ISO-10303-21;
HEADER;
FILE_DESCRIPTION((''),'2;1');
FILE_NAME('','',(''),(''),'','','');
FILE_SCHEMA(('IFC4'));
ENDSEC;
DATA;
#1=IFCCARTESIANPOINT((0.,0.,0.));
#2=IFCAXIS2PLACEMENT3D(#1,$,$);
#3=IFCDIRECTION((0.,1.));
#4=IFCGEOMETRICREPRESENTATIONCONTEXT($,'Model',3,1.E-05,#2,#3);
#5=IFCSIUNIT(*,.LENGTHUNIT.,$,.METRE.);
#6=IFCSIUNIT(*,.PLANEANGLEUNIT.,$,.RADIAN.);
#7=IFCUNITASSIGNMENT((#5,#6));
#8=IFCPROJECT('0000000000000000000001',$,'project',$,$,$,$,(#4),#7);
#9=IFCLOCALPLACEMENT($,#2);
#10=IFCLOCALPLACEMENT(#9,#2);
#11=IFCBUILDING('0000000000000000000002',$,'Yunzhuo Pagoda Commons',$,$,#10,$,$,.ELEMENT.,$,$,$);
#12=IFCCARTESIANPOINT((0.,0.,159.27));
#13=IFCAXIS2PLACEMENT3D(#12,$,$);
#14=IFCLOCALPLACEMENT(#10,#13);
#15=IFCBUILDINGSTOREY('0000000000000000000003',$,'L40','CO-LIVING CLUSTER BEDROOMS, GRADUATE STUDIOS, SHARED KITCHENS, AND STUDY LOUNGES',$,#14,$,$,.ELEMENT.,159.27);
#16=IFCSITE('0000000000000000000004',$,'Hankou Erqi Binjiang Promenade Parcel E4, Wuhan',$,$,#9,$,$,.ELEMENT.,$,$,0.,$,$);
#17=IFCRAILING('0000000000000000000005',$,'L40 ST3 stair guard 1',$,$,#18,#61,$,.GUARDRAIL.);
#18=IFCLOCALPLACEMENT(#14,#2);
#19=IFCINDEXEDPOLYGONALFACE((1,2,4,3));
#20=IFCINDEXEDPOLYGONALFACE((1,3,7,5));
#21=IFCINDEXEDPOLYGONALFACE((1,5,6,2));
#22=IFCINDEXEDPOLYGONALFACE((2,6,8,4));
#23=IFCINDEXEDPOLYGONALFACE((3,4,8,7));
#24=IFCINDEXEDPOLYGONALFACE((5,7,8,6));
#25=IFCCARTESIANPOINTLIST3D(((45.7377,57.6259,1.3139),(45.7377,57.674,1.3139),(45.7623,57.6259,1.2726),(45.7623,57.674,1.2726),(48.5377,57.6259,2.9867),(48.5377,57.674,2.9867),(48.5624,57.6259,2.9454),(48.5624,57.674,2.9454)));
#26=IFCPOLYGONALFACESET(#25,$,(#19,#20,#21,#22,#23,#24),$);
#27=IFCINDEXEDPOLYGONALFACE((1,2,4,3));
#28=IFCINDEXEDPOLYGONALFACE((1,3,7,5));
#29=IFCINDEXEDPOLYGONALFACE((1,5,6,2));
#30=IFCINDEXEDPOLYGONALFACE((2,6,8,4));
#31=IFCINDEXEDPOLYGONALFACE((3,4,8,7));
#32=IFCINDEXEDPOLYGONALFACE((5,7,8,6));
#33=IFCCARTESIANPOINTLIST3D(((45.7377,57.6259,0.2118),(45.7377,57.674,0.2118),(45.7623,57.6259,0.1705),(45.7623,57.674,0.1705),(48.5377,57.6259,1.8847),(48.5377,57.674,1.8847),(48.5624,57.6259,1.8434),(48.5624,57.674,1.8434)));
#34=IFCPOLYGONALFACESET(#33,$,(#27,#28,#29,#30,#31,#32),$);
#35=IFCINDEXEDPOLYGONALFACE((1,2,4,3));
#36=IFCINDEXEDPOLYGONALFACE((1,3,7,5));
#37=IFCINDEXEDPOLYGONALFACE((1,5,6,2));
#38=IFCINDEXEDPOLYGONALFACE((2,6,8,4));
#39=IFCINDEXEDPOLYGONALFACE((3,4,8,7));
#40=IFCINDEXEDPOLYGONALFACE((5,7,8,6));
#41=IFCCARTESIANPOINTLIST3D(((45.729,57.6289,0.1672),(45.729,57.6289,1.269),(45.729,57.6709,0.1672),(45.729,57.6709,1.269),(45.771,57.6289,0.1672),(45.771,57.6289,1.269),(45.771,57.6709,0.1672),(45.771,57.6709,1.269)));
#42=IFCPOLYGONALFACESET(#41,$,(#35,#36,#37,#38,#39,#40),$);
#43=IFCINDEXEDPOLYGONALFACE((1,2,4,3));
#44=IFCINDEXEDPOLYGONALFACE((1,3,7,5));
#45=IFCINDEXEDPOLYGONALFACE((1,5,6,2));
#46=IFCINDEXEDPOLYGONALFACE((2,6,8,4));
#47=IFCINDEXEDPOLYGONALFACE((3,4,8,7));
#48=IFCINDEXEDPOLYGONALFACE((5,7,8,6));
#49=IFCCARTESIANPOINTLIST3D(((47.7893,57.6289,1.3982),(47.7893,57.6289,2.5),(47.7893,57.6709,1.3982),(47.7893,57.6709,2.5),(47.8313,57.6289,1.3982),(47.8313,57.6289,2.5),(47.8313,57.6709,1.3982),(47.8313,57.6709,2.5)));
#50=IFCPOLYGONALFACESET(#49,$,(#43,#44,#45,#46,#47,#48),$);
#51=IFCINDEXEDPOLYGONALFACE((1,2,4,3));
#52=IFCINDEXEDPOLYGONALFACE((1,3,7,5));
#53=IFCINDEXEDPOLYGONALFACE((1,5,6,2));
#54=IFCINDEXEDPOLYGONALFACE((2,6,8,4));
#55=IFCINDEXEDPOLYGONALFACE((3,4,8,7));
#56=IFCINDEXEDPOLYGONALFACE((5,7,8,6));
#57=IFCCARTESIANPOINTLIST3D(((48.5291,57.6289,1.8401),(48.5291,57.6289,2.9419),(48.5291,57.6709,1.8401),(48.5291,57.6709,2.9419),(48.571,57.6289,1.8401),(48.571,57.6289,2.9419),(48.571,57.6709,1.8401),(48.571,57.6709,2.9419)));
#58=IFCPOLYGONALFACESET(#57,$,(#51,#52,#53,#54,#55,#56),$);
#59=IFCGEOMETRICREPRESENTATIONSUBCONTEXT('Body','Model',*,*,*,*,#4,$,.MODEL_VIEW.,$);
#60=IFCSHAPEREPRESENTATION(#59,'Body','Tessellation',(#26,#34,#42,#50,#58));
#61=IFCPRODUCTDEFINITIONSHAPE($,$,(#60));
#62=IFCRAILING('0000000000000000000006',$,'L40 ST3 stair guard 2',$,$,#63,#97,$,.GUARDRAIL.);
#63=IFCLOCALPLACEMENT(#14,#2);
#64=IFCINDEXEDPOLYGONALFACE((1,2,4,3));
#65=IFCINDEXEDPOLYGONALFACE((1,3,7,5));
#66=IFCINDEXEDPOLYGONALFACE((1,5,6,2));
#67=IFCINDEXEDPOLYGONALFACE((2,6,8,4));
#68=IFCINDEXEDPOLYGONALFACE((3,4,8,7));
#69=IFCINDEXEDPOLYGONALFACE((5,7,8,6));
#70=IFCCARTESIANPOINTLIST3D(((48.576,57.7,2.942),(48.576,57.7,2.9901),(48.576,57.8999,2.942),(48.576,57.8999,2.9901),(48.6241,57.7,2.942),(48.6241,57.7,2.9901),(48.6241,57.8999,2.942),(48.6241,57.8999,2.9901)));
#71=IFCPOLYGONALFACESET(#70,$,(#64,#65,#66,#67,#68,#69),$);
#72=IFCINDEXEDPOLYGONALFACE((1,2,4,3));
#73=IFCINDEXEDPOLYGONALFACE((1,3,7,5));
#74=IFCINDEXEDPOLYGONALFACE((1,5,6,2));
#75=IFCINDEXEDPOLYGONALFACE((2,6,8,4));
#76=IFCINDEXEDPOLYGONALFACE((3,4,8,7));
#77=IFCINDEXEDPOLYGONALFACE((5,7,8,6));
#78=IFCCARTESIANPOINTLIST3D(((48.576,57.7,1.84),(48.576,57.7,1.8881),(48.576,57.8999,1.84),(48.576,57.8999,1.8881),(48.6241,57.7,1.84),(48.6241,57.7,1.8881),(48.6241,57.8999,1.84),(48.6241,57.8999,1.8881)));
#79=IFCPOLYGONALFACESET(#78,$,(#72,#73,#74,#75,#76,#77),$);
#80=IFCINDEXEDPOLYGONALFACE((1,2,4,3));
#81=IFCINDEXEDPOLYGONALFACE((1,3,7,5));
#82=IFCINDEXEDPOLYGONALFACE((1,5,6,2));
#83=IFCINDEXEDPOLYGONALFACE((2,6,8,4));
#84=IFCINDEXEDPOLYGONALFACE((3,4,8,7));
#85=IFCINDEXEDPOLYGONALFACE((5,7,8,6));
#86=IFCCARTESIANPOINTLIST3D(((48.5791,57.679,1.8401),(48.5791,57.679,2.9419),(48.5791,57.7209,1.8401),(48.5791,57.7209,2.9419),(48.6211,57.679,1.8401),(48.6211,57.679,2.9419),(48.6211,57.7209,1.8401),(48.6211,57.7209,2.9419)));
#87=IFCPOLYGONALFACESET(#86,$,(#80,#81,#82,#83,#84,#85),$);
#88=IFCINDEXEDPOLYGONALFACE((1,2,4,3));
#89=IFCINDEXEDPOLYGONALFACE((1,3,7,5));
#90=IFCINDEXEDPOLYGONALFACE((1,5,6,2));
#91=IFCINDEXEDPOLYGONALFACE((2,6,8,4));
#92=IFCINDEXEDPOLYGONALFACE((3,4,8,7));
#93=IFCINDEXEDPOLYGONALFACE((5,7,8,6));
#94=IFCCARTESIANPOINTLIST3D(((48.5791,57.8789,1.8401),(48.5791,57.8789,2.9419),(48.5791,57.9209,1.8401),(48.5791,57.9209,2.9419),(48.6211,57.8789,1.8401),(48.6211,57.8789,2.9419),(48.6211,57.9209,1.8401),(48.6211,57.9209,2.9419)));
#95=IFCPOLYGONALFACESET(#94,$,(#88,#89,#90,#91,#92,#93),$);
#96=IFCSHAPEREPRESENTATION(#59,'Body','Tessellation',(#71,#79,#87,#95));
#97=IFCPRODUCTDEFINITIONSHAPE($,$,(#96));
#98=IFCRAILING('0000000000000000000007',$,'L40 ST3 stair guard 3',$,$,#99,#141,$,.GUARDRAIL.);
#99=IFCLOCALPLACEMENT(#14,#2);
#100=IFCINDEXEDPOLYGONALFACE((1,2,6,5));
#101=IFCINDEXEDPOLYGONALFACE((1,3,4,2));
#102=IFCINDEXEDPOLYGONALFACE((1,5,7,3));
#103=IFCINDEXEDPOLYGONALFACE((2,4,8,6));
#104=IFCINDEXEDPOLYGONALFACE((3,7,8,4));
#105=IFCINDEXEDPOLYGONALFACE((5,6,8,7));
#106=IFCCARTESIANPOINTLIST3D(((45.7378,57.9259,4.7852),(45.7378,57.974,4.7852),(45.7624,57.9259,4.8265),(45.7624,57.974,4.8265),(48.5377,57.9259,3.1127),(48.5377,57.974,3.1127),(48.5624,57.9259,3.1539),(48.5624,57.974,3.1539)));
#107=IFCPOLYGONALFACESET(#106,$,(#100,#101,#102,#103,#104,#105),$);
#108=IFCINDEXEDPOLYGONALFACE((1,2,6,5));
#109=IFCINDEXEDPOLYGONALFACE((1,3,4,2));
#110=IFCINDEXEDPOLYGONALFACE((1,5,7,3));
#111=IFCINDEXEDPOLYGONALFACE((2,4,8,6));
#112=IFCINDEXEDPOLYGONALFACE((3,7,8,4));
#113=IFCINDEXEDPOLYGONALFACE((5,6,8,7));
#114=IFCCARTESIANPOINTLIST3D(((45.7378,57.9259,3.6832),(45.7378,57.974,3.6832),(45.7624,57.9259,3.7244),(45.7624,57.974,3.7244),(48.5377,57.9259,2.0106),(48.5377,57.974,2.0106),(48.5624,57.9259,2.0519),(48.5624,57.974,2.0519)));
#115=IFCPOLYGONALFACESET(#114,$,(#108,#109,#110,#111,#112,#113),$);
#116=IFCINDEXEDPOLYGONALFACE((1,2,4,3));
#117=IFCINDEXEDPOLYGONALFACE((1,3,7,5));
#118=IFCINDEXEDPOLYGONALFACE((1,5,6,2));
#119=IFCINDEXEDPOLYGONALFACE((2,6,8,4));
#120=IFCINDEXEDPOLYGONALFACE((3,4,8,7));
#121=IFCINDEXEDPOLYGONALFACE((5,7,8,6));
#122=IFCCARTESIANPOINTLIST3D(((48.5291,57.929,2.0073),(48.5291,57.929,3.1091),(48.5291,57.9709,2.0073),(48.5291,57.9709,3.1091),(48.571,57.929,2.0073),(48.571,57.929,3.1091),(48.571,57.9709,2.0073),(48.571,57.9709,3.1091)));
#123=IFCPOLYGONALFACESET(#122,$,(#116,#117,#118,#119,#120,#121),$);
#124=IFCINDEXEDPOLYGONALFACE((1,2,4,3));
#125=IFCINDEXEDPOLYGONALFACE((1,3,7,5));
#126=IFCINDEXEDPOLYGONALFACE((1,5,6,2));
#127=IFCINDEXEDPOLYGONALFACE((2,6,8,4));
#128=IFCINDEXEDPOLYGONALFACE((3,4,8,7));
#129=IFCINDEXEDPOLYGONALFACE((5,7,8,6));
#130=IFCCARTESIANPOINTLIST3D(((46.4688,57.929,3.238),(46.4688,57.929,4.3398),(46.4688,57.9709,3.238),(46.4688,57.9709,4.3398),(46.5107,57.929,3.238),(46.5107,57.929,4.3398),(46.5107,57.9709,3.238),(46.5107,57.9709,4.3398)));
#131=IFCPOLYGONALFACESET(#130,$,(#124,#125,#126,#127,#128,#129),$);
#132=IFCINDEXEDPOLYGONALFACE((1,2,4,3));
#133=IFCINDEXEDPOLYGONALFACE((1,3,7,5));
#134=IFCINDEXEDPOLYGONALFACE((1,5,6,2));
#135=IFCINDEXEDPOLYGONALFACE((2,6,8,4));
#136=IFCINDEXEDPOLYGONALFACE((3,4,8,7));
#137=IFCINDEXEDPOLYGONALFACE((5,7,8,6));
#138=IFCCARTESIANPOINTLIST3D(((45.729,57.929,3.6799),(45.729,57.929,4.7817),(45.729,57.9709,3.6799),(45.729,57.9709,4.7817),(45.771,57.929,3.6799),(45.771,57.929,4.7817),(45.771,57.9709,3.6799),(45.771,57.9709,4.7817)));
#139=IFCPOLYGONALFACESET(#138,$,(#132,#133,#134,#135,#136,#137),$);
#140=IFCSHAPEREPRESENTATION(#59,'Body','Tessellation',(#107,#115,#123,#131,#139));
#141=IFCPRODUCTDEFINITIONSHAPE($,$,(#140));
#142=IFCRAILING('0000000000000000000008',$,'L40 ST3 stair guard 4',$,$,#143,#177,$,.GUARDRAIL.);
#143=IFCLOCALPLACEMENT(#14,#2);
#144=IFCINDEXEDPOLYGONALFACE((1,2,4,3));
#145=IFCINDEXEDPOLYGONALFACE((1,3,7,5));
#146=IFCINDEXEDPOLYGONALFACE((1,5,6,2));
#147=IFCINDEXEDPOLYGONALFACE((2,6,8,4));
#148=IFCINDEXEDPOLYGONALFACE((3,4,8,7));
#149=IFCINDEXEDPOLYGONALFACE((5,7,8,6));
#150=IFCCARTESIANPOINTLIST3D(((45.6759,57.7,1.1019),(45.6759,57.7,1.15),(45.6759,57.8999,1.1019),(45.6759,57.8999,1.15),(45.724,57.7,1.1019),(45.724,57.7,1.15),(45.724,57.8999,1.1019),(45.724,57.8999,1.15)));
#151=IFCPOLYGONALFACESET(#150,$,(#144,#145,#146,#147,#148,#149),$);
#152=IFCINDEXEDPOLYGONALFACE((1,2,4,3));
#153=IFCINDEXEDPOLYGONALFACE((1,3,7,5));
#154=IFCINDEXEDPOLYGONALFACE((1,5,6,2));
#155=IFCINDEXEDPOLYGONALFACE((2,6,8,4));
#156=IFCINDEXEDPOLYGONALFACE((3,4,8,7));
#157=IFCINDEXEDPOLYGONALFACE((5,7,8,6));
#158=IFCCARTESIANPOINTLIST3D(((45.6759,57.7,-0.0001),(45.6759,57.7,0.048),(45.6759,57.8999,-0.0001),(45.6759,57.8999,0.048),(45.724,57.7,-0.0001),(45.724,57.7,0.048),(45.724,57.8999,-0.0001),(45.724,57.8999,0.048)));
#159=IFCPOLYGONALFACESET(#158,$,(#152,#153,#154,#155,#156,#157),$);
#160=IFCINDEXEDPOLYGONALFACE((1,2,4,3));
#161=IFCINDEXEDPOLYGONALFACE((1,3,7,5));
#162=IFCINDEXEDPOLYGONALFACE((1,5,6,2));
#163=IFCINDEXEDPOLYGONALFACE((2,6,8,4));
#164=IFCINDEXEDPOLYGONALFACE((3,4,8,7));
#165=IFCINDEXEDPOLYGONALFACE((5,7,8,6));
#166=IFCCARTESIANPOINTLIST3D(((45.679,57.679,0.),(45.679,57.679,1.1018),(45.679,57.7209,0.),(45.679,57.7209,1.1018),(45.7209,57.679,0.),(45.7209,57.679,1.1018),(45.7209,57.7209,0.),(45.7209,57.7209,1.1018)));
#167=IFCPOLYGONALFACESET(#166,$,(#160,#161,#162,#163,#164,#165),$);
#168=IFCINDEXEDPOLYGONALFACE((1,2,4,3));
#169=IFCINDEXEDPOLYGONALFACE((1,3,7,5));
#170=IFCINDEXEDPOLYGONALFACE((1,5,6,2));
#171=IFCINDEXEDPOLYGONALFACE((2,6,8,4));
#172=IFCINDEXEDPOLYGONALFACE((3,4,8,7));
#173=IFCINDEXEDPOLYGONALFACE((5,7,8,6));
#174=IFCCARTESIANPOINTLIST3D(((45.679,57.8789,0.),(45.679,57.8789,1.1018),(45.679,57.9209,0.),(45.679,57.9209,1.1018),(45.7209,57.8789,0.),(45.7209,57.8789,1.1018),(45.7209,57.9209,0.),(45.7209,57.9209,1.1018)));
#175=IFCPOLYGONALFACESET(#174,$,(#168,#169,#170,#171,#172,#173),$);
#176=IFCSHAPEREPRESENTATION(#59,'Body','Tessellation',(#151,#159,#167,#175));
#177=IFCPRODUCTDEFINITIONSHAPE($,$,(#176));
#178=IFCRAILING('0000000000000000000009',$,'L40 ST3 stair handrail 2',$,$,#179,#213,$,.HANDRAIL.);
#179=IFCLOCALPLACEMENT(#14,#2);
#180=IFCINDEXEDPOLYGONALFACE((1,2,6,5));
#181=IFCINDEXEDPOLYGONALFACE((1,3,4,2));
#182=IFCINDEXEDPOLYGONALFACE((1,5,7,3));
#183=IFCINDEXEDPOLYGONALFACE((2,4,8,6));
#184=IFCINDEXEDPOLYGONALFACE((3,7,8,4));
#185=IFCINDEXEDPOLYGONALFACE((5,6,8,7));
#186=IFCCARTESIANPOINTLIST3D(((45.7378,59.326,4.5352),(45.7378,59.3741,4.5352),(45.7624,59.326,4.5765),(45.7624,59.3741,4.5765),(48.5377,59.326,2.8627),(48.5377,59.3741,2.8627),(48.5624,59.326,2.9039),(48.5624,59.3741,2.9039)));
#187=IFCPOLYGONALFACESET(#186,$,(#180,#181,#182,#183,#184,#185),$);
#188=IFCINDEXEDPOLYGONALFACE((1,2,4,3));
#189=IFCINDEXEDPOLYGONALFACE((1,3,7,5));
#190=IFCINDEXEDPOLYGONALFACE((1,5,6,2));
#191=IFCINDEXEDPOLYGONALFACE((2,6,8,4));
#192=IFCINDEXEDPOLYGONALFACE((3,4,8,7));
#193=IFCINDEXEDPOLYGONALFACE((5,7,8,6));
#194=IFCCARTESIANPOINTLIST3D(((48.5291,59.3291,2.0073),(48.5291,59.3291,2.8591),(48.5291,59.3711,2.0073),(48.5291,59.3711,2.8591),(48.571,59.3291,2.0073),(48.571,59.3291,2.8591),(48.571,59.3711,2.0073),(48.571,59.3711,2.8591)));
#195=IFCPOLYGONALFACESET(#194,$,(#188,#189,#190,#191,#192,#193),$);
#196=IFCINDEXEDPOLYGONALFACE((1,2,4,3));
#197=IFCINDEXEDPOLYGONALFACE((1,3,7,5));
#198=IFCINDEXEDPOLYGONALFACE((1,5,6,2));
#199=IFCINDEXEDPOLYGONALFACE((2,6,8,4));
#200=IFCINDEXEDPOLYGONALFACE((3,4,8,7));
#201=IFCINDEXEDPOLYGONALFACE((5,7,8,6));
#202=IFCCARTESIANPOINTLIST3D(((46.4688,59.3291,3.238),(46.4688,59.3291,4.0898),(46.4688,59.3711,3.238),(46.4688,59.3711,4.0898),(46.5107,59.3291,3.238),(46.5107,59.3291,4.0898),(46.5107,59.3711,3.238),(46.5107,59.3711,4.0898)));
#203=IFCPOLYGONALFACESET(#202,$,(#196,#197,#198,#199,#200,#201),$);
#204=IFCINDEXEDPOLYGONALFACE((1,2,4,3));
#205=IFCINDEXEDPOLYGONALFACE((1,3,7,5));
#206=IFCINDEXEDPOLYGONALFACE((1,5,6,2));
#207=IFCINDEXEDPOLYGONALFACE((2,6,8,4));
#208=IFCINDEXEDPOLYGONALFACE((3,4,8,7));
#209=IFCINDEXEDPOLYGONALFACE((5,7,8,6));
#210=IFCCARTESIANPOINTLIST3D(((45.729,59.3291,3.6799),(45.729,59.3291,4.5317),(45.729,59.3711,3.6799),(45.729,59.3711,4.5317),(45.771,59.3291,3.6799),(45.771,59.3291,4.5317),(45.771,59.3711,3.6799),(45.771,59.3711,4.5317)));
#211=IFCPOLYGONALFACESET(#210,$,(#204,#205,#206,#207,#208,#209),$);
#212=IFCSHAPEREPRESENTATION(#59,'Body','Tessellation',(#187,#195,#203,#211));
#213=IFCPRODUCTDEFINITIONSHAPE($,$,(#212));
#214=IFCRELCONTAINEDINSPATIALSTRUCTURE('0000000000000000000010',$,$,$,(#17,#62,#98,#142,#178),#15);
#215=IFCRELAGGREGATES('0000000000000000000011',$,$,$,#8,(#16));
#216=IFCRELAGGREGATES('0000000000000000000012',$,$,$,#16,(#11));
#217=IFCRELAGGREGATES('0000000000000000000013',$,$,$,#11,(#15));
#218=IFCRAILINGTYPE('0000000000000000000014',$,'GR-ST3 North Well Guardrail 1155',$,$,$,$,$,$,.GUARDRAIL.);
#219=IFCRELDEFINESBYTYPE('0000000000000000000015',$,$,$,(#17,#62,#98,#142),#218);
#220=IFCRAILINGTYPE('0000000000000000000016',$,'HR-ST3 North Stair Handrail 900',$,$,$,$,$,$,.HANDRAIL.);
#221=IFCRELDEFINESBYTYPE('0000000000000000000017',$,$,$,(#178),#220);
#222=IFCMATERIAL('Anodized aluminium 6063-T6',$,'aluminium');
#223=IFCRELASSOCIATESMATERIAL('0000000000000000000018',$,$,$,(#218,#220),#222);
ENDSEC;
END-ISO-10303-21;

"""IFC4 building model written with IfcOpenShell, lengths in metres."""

from ifc_helpers import new_model, si_unit, direction, frame, origin, origin_2d, place, context, subcontext, project, spatial, rectangle, extrude, material, type_object, element, save


model = new_model("IFC4")

# Units and contexts
model_context = context("Model", 3, precision=1e-05, world=origin(), true_north=direction((0.0, 1.0)))
body_context = subcontext(model_context, "Body", "Model", "MODEL_VIEW")
ifc_project = project(units=[si_unit("LENGTHUNIT", "METRE"), si_unit("PLANEANGLEUNIT", "RADIAN")], contexts=[model_context])

# Site, building, storey
site_placement = place(None, origin())
site = spatial("IfcSite", under=ifc_project, at=site_placement, Name="Hankou Erqi Binjiang Promenade Parcel E4, Wuhan", CompositionType="ELEMENT", RefElevation=0.0)
building_placement = place(site_placement, origin())
building = spatial("IfcBuilding", under=site, at=building_placement, Name="Yunzhuo Pagoda Commons", CompositionType="ELEMENT")
storey_placement = place(building_placement, frame((0.0, 0.0, 159.27)))
storey = spatial("IfcBuildingStorey", under=building, at=storey_placement, Name="L40", Description="CO-LIVING CLUSTER BEDROOMS, GRADUATE STUDIOS, SHARED KITCHENS, AND STUDY LOUNGES", CompositionType="ELEMENT", Elevation=159.27)

# Shared definitions
ifc_material_1 = material(Name="Anodized aluminium 6063-T6", Category="aluminium")

# Railings
railing_type_1 = type_object("IfcRailingType", Name="GR-ST3 North Well Guardrail 1155", PredefinedType="GUARDRAIL", material=ifc_material_1)
railing_1_placement = place(storey_placement, frame((45.75, 57.6499, 0.1672)))
element("IfcRailing", 1, at=railing_1_placement, inside=storey, type_object=railing_type_1, Name="L40 ST3 stair guard 1", PredefinedType="GUARDRAIL", context=body_context, shape_type="SweptSolid", body=[
    extrude(rectangle(XDim=0.0481, YDim=0.0481, at=origin_2d()), frame((0.0, 0.0, 1.126), z_axis=(0.858462, 0.0, 0.512877), x_axis=(0.0, 1.0, 0.0)), (0.0, 0.0, 1.0), 3.2617),
    extrude(rectangle(XDim=0.0481, YDim=0.0481, at=origin_2d()), frame((0.0, 0.0, 0.0239), z_axis=(0.858462, 0.0, 0.512877), x_axis=(0.0, 1.0, 0.0)), (0.0, 0.0, 1.0), 3.2617),
    extrude(rectangle(XDim=0.042, YDim=0.042, at=origin_2d()), origin(), (0.0, 0.0, 1.0), 1.1018),
    extrude(rectangle(XDim=0.042, YDim=0.042, at=origin_2d()), frame((2.0603, 0.0, 1.231)), (0.0, 0.0, 1.0), 1.1018),
    extrude(rectangle(XDim=0.042, YDim=0.042, at=origin_2d()), frame((2.8, 0.0, 1.6729)), (0.0, 0.0, 1.0), 1.1018),
])
railing_2_placement = place(storey_placement, frame((48.6001, 57.7, 1.8401)))
element("IfcRailing", 2, at=railing_2_placement, inside=storey, type_object=railing_type_1, Name="L40 ST3 stair guard 2", PredefinedType="GUARDRAIL", context=body_context, shape_type="SweptSolid", body=[
    extrude(rectangle(XDim=0.0481, YDim=0.0481, at=origin_2d()), frame((0.0, 0.0, 1.126), z_axis=(0.0, 1.0, 0.0), x_axis=(-1.0, 0.0, 0.0)), (0.0, 0.0, 1.0), 0.2),
    extrude(rectangle(XDim=0.0481, YDim=0.0481, at=origin_2d()), frame((0.0, 0.0, 0.0239), z_axis=(0.0, 1.0, 0.0), x_axis=(-1.0, 0.0, 0.0)), (0.0, 0.0, 1.0), 0.2),
    extrude(rectangle(XDim=0.042, YDim=0.042, at=origin_2d()), origin(), (0.0, 0.0, 1.0), 1.1018),
    extrude(rectangle(XDim=0.042, YDim=0.042, at=origin_2d()), frame((0.0, 0.2, 0.0)), (0.0, 0.0, 1.0), 1.1018),
])
railing_3_placement = place(storey_placement, frame((48.55, 57.95, 2.0073)))
element("IfcRailing", 3, at=railing_3_placement, inside=storey, type_object=railing_type_1, Name="L40 ST3 stair guard 3", PredefinedType="GUARDRAIL", context=body_context, shape_type="SweptSolid", body=[
    extrude(rectangle(XDim=0.0481, YDim=0.0481, at=origin_2d()), frame((0.0, 0.0, 1.126), z_axis=(-0.858495, 0.0, 0.512822), x_axis=(0.0, -1.0, 0.0)), (0.0, 0.0, 1.0), 3.2615),
    extrude(rectangle(XDim=0.0481, YDim=0.0481, at=origin_2d()), frame((0.0, 0.0, 0.0239), z_axis=(-0.858495, 0.0, 0.512822), x_axis=(0.0, -1.0, 0.0)), (0.0, 0.0, 1.0), 3.2615),
    extrude(rectangle(XDim=0.042, YDim=0.042, at=origin_2d()), origin(), (0.0, 0.0, 1.0), 1.1018),
    extrude(rectangle(XDim=0.042, YDim=0.042, at=origin_2d()), frame((-2.0603, 0.0, 1.2307)), (0.0, 0.0, 1.0), 1.1018),
    extrude(rectangle(XDim=0.042, YDim=0.042, at=origin_2d()), frame((-2.8, 0.0, 1.6726)), (0.0, 0.0, 1.0), 1.1018),
])
railing_4_placement = place(storey_placement, frame((45.7, 57.7, 0.0)))
element("IfcRailing", 4, at=railing_4_placement, inside=storey, type_object=railing_type_1, Name="L40 ST3 stair guard 4", PredefinedType="GUARDRAIL", context=body_context, shape_type="SweptSolid", body=[
    extrude(rectangle(XDim=0.0481, YDim=0.0481, at=origin_2d()), frame((0.0, 0.0, 1.126), z_axis=(0.0, 1.0, 0.0), x_axis=(-1.0, 0.0, 0.0)), (0.0, 0.0, 1.0), 0.2),
    extrude(rectangle(XDim=0.0481, YDim=0.0481, at=origin_2d()), frame((0.0, 0.0, 0.0239), z_axis=(0.0, 1.0, 0.0), x_axis=(-1.0, 0.0, 0.0)), (0.0, 0.0, 1.0), 0.2),
    extrude(rectangle(XDim=0.042, YDim=0.042, at=origin_2d()), origin(), (0.0, 0.0, 1.0), 1.1018),
    extrude(rectangle(XDim=0.042, YDim=0.042, at=origin_2d()), frame((0.0, 0.2, 0.0)), (0.0, 0.0, 1.0), 1.1018),
])
railing_type_2 = type_object("IfcRailingType", Name="HR-ST3 North Stair Handrail 900", PredefinedType="HANDRAIL", material=ifc_material_1)
railing_5_placement = place(storey_placement, frame((48.55, 59.3501, 2.0073)))
element("IfcRailing", 5, at=railing_5_placement, inside=storey, type_object=railing_type_2, Name="L40 ST3 stair handrail 2", PredefinedType="HANDRAIL", context=body_context, shape_type="SweptSolid", body=[
    extrude(rectangle(XDim=0.0481, YDim=0.0481, at=origin_2d()), frame((0.0, 0.0, 0.876), z_axis=(-0.858495, 0.0, 0.512822), x_axis=(0.0, -1.0, 0.0)), (0.0, 0.0, 1.0), 3.2615),
    extrude(rectangle(XDim=0.042, YDim=0.042, at=origin_2d()), origin(), (0.0, 0.0, 1.0), 0.8518),
    extrude(rectangle(XDim=0.042, YDim=0.042, at=origin_2d()), frame((-2.0603, 0.0, 1.2307)), (0.0, 0.0, 1.0), 0.8518),
    extrude(rectangle(XDim=0.042, YDim=0.042, at=origin_2d()), frame((-2.8, 0.0, 1.6726)), (0.0, 0.0, 1.0), 0.8518),
])

save(model, "model.ifc")
